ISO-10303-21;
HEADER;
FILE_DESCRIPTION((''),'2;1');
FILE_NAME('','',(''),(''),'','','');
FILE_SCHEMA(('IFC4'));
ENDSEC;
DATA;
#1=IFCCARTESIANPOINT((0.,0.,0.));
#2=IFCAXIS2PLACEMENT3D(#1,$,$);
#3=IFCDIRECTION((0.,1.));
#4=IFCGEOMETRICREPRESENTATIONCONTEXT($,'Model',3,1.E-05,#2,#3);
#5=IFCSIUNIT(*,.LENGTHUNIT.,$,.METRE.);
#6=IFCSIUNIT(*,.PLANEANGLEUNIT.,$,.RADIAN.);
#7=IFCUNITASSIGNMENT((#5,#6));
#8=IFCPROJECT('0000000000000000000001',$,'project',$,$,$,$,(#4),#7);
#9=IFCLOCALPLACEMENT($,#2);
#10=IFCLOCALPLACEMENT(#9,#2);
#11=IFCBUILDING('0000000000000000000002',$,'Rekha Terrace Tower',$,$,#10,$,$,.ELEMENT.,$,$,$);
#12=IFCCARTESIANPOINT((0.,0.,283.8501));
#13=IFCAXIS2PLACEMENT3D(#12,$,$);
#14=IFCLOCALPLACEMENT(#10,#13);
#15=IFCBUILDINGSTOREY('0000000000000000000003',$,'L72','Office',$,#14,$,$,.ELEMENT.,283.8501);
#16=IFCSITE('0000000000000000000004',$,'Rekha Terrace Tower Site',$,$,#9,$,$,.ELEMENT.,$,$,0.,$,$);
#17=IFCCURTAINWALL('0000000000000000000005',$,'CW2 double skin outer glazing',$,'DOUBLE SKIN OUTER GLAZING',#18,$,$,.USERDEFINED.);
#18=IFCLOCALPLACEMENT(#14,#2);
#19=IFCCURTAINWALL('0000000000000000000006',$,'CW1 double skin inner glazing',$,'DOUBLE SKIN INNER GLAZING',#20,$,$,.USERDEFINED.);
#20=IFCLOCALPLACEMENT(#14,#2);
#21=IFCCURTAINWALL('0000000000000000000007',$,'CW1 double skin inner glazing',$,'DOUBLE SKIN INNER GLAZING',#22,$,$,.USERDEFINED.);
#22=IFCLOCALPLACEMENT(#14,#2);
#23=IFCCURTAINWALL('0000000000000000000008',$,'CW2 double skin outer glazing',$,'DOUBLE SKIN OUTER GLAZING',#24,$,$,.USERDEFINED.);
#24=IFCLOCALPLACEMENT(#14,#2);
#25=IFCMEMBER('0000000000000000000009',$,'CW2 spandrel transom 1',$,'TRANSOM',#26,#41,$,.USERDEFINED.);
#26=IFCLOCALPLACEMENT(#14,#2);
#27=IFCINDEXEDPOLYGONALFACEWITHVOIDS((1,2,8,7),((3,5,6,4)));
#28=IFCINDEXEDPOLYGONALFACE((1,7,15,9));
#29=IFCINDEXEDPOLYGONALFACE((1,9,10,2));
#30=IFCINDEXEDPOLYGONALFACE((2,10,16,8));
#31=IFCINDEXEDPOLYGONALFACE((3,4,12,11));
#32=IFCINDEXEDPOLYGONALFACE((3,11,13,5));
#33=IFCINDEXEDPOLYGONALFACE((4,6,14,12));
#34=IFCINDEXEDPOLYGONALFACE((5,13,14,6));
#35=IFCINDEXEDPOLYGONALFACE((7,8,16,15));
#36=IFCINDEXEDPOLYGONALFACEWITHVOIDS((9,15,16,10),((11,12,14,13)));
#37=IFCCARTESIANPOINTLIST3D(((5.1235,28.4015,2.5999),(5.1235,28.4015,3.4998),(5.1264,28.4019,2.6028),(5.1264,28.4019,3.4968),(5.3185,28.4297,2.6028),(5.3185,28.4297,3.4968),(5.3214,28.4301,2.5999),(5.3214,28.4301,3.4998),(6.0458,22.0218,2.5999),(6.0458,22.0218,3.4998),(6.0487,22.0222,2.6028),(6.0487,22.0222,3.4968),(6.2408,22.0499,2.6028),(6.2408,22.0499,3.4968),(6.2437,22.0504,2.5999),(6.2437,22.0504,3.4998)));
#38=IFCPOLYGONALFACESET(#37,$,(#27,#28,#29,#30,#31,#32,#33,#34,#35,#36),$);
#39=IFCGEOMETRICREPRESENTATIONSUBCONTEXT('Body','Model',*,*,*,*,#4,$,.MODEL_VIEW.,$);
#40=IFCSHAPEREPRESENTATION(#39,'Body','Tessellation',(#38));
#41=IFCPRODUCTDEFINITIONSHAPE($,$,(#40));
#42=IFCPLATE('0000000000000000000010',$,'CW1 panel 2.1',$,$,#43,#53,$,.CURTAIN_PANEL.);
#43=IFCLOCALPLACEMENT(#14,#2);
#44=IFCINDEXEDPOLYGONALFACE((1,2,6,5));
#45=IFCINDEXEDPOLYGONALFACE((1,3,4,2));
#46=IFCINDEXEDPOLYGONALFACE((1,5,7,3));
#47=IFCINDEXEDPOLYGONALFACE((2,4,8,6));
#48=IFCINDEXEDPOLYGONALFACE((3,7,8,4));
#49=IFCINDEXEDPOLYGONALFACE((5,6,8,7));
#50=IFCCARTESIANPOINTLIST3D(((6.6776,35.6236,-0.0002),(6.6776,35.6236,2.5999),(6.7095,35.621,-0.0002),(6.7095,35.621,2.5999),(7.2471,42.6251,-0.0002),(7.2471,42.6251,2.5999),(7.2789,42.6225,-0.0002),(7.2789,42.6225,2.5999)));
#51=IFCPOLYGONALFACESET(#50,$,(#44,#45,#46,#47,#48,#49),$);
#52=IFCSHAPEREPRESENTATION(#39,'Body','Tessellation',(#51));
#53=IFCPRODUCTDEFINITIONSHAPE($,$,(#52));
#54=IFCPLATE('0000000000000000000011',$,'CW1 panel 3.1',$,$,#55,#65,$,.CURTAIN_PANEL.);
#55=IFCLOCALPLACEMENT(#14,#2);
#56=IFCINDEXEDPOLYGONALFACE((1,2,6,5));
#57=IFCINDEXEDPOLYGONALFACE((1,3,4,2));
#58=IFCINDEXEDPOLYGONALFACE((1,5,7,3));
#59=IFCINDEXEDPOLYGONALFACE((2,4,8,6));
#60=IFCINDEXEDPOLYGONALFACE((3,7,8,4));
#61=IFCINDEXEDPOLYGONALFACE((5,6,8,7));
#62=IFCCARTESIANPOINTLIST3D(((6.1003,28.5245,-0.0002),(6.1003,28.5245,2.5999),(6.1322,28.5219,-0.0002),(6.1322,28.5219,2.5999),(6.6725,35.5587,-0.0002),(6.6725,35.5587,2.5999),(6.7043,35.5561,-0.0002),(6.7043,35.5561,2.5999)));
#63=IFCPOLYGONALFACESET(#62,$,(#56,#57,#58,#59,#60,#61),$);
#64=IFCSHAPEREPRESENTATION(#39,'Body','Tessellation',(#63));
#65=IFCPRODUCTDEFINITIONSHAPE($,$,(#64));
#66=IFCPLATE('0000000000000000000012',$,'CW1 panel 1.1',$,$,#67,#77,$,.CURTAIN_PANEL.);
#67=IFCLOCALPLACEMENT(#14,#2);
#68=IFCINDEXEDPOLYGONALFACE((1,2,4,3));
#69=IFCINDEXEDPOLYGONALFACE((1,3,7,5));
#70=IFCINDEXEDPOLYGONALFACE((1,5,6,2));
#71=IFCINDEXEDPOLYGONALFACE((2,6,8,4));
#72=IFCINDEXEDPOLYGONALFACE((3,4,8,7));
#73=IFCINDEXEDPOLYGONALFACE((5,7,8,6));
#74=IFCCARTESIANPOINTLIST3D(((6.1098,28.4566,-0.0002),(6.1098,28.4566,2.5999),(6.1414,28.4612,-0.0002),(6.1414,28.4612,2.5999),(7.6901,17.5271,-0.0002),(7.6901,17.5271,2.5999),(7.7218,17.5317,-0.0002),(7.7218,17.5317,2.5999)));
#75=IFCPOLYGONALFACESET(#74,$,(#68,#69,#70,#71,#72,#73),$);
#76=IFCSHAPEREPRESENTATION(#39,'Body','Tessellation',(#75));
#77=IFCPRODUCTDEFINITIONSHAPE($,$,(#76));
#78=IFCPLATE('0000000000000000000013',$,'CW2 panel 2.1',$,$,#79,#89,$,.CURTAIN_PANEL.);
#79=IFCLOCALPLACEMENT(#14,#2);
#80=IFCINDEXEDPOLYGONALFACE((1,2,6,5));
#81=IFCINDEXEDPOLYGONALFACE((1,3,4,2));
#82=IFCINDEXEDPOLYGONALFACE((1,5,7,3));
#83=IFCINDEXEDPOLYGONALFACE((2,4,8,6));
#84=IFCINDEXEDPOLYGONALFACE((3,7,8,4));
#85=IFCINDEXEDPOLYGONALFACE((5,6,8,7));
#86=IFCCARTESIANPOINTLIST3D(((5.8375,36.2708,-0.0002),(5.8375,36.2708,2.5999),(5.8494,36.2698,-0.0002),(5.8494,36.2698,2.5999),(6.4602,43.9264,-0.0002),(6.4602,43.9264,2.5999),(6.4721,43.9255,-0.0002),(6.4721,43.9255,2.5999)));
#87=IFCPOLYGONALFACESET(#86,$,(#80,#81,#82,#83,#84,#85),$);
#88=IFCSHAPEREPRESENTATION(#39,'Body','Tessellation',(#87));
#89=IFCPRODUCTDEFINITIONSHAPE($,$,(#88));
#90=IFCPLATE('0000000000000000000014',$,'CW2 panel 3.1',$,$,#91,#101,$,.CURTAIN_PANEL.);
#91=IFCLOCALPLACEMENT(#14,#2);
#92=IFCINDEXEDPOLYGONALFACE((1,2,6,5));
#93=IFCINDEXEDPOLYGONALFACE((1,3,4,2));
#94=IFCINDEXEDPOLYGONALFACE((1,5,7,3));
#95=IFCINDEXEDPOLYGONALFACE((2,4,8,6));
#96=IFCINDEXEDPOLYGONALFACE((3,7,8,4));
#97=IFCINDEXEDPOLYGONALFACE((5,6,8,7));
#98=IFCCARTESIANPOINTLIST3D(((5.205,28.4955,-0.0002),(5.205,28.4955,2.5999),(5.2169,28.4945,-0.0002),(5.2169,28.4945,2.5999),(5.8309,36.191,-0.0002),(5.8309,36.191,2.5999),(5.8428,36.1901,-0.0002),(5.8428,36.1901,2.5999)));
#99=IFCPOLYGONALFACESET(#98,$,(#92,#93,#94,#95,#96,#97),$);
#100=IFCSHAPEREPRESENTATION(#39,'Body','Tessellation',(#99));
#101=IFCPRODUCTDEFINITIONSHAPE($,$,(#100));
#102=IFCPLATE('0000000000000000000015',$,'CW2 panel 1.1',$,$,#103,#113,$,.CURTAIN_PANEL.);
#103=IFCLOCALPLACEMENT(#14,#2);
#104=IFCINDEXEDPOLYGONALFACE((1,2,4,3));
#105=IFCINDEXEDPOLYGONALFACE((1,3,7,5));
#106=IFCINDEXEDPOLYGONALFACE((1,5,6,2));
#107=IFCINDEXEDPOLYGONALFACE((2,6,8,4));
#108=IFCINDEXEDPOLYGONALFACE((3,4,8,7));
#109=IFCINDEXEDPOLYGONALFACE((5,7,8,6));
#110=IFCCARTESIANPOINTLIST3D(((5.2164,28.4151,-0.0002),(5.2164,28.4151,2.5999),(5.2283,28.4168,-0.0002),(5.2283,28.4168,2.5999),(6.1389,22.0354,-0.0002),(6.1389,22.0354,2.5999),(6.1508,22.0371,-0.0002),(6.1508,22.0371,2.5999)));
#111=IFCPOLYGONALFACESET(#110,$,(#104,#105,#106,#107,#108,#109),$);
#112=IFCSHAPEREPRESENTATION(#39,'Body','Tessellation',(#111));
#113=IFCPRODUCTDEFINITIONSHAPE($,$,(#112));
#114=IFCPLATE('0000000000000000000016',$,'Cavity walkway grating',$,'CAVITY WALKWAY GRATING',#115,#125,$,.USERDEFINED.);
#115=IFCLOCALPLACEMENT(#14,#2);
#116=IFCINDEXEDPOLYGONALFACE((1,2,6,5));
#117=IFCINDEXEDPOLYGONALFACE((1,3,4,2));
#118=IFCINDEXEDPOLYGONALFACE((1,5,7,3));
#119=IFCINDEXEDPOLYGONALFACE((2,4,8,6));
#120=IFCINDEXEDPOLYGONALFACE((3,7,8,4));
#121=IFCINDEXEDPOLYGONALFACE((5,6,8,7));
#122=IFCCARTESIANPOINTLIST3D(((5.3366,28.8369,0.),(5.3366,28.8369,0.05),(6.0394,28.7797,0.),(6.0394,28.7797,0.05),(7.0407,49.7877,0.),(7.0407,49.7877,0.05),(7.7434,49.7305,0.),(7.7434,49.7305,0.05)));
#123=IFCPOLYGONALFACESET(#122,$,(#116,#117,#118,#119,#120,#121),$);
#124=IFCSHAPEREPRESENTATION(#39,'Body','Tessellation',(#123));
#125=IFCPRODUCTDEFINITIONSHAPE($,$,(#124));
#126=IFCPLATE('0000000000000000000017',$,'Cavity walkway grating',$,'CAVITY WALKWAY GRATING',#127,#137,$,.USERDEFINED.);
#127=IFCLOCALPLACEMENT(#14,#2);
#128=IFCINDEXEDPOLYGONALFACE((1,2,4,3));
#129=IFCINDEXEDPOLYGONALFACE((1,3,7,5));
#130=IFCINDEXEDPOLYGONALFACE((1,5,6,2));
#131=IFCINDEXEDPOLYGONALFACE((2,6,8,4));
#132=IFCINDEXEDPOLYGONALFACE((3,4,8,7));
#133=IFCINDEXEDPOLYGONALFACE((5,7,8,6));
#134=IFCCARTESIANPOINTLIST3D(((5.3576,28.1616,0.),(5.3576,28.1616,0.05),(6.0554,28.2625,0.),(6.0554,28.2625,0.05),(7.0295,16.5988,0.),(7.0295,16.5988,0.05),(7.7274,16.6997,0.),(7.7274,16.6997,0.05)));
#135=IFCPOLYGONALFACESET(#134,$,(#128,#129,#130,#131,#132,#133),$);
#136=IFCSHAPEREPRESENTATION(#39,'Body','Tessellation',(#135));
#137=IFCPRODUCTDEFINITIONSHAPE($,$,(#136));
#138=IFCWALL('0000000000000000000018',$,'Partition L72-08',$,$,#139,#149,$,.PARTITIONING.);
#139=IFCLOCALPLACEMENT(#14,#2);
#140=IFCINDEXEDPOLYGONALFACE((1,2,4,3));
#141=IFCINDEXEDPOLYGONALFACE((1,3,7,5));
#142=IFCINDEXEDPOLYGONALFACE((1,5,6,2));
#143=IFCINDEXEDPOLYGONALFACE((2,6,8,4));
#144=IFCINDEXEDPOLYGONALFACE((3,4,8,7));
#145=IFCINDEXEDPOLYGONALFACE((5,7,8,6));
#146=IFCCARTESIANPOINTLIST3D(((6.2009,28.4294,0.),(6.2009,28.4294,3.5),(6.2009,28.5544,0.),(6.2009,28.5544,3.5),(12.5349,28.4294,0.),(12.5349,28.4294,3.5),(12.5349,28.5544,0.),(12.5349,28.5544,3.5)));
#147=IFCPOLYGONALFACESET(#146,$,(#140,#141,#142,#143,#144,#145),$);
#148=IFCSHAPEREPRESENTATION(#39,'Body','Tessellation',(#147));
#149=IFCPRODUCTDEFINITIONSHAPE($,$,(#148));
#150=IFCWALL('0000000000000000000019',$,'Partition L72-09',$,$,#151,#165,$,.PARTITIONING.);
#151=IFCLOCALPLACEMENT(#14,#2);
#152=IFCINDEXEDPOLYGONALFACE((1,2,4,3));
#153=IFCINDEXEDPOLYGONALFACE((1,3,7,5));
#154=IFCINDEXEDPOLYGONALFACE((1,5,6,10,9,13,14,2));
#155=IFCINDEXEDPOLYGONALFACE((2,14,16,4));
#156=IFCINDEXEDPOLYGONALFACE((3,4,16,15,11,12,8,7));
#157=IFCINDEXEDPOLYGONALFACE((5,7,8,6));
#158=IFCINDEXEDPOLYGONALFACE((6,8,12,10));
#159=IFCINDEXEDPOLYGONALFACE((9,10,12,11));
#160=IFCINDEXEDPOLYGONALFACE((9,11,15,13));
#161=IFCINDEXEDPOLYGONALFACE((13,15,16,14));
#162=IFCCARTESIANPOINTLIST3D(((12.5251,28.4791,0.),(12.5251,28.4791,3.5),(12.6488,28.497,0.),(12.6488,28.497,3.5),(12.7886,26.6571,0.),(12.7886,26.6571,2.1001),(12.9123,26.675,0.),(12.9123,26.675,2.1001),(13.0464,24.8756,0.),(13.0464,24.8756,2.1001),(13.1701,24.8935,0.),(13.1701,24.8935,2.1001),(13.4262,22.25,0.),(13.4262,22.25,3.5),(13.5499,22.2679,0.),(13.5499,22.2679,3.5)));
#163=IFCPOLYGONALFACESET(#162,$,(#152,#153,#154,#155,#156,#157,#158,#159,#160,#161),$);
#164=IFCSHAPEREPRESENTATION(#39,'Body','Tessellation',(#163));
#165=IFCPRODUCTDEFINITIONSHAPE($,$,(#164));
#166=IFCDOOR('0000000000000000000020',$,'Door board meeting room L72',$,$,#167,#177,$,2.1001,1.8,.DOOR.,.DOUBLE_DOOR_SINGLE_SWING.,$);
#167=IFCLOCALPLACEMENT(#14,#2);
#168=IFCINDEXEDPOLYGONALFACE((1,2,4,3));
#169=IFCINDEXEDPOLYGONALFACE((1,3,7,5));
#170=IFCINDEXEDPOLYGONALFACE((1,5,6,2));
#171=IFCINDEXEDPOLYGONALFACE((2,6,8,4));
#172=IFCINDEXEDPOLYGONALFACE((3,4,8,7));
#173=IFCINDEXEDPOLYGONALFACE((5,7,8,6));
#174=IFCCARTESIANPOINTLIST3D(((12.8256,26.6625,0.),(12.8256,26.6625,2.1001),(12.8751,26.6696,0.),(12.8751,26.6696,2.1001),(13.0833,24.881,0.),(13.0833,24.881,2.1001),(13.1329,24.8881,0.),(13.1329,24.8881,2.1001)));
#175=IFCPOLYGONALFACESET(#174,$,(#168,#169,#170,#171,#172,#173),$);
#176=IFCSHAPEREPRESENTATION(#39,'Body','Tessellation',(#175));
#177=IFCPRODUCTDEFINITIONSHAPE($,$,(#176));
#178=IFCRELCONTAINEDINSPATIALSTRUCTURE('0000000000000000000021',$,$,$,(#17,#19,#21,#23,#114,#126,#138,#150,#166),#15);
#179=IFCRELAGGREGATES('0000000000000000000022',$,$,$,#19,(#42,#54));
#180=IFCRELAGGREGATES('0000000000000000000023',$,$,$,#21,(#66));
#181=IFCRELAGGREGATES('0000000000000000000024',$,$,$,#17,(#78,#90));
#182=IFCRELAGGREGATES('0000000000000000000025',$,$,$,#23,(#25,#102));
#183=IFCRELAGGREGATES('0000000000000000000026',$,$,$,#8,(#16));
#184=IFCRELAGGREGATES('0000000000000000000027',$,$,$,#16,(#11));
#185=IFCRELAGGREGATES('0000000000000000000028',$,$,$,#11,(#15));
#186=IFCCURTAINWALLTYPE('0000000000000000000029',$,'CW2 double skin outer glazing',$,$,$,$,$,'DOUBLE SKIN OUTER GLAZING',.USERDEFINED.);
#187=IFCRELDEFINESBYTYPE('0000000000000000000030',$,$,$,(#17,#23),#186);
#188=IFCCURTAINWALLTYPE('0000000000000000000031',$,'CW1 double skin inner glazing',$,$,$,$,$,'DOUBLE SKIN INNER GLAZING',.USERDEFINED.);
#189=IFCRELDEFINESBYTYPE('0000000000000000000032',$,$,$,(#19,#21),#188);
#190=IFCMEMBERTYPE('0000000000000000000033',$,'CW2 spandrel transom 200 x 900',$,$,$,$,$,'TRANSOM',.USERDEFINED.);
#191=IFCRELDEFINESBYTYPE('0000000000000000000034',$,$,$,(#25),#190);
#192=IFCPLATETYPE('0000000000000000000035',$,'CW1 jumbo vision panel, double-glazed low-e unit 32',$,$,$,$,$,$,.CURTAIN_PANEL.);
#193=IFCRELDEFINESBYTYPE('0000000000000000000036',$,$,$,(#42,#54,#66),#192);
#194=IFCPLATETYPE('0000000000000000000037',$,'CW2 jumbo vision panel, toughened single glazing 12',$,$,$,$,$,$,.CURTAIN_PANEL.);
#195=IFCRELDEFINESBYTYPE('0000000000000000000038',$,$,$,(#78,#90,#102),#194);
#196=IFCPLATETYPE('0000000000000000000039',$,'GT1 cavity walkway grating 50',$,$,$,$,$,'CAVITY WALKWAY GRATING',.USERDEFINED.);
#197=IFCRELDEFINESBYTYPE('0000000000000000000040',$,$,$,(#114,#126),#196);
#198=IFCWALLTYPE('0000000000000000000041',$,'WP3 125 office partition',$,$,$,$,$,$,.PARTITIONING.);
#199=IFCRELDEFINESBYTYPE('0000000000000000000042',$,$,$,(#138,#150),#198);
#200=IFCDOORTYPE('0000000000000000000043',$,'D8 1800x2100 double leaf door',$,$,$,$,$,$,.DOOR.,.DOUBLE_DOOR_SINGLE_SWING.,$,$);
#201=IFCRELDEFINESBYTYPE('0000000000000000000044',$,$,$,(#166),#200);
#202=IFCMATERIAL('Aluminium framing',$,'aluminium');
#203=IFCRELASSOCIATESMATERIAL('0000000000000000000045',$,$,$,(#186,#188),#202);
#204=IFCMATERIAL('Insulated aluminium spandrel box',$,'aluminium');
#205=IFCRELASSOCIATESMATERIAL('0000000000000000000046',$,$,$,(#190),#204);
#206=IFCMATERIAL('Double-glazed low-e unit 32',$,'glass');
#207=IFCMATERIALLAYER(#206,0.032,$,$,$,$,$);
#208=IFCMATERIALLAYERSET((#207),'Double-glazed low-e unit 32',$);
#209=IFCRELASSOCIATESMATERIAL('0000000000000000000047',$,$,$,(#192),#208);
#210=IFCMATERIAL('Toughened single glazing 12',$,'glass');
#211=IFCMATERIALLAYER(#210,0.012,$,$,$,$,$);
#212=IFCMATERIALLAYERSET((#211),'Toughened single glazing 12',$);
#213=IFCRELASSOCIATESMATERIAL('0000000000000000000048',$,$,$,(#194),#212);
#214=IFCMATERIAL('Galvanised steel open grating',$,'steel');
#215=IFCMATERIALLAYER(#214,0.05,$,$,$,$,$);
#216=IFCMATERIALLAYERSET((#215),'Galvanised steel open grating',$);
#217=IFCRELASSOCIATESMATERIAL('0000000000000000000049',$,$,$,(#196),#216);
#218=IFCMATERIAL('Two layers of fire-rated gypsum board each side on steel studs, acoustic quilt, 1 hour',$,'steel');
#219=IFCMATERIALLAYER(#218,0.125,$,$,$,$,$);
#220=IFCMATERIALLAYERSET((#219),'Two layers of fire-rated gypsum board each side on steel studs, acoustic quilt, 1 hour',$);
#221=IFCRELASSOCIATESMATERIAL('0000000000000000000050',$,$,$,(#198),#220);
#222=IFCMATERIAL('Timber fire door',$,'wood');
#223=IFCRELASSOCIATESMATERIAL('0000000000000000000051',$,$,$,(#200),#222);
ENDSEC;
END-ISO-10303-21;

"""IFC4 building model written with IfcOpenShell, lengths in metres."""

from ifc_helpers import new_model, si_unit, direction, frame, frame_2d, origin, origin_2d, place, context, subcontext, project, spatial, rectangle, hollow_rectangle, extrude, material, layer, layer_set, material_profile, profile_set, type_object, element, fill, aggregate, save


model = new_model("IFC4")

# Units and contexts
model_context = context("Model", 3, precision=1e-05, world=origin(), true_north=direction((0.0, 1.0)))
body_context = subcontext(model_context, "Body", "Model", "MODEL_VIEW")
ifc_project = project(units=[si_unit("LENGTHUNIT", "METRE"), si_unit("PLANEANGLEUNIT", "RADIAN")], contexts=[model_context])

# Site, building, storey
site_placement = place(None, origin())
site = spatial("IfcSite", under=ifc_project, at=site_placement, Name="Rekha Terrace Tower Site", CompositionType="ELEMENT", RefElevation=0.0)
building_placement = place(site_placement, origin())
building = spatial("IfcBuilding", under=site, at=building_placement, Name="Rekha Terrace Tower", CompositionType="ELEMENT")
storey_placement = place(building_placement, frame((0.0, 0.0, 283.8501)))
storey = spatial("IfcBuildingStorey", under=building, at=storey_placement, Name="L72", Description="Office", CompositionType="ELEMENT", Elevation=283.8501)

# Curtain walls
ifc_material_1 = material(Name="Aluminium framing", Category="aluminium")
curtain_wall_type_1 = type_object("IfcCurtainWallType", Name="CW2 double skin outer glazing", ElementType="DOUBLE SKIN OUTER GLAZING", PredefinedType="USERDEFINED", material=ifc_material_1)
curtain_wall_1_placement = place(storey_placement, origin())
curtain_wall_1 = element("IfcCurtainWall", 1, at=curtain_wall_1_placement, inside=storey, type_object=curtain_wall_type_1, Name="CW2 double skin outer glazing", ObjectType="DOUBLE SKIN OUTER GLAZING", PredefinedType="USERDEFINED")
curtain_wall_type_2 = type_object("IfcCurtainWallType", Name="CW1 double skin inner glazing", ElementType="DOUBLE SKIN INNER GLAZING", PredefinedType="USERDEFINED", material=ifc_material_1)
curtain_wall_2_placement = place(storey_placement, origin())
curtain_wall_2 = element("IfcCurtainWall", 2, at=curtain_wall_2_placement, inside=storey, type_object=curtain_wall_type_2, Name="CW1 double skin inner glazing", ObjectType="DOUBLE SKIN INNER GLAZING", PredefinedType="USERDEFINED")
curtain_wall_3_placement = place(storey_placement, origin())
curtain_wall_3 = element("IfcCurtainWall", 3, at=curtain_wall_3_placement, inside=storey, type_object=curtain_wall_type_2, Name="CW1 double skin inner glazing", ObjectType="DOUBLE SKIN INNER GLAZING", PredefinedType="USERDEFINED")

# Shared definitions
ifc_material_2 = material(Name="Insulated aluminium spandrel box", Category="aluminium")

# Curtain wall
curtain_wall_4_placement = place(storey_placement, origin())
curtain_wall_4 = element("IfcCurtainWall", 4, at=curtain_wall_4_placement, inside=storey, type_object=curtain_wall_type_1, Name="CW2 double skin outer glazing", ObjectType="DOUBLE SKIN OUTER GLAZING", PredefinedType="USERDEFINED")

# Member
ifc_material_profile_1 = material_profile(ifc_material_2, hollow_rectangle(XDim=0.2, YDim=0.8999, WallThickness=0.0029, at=origin_2d()), Name="AL SPANDREL BOX 200x900")
ifc_profile_set_1 = profile_set([ifc_material_profile_1], Name="Insulated aluminium spandrel box")
member_type_1 = type_object("IfcMemberType", Name="CW2 spandrel transom 200 x 900", ElementType="TRANSOM", PredefinedType="USERDEFINED", material=ifc_profile_set_1)
member_1_placement = place(storey_placement, frame((5.2224, 28.4158, 3.0498), z_axis=(0.143091, -0.989709, 0.0), x_axis=(0.989709, 0.143091, 0.0)))
member_1 = element("IfcMember", 5, at=member_1_placement, type_object=member_type_1, Name="CW2 spandrel transom 1", ObjectType="TRANSOM", PredefinedType="USERDEFINED", context=body_context, shape_type="SweptSolid", body=[
    extrude(hollow_rectangle(XDim=0.2, YDim=0.8999, WallThickness=0.0029, at=origin_2d()), origin(), (0.0, 0.0, 1.0), 6.446),
])

# Plates
ifc_material_3 = material(Name="Double-glazed low-e unit 32", Category="glass")
ifc_layer_1 = layer(ifc_material_3, 0.032)
ifc_layer_set_1 = layer_set([ifc_layer_1], Name="Double-glazed low-e unit 32")
plate_type_1 = type_object("IfcPlateType", Name="CW1 jumbo vision panel, double-glazed low-e unit 32", PredefinedType="CURTAIN_PANEL", material=ifc_layer_set_1)
plate_1_placement = place(storey_placement, frame((6.9783, 39.123, -0.0002), z_axis=(0.0, 0.0, 1.0), x_axis=(-0.081068, -0.996709, 0.0)))
plate_1 = element("IfcPlate", 6, at=plate_1_placement, type_object=plate_type_1, Name="CW1 panel 2.1", PredefinedType="CURTAIN_PANEL", context=body_context, shape_type="SweptSolid", body=[
    extrude(rectangle(XDim=7.0247, YDim=0.032, at=origin_2d()), origin(), (0.0, 0.0, 1.0), 2.6001),
])
plate_2_placement = place(storey_placement, frame((6.4023, 32.0403, -0.0002), z_axis=(0.0, 0.0, 1.0), x_axis=(-0.081068, -0.996709, 0.0)))
plate_2 = element("IfcPlate", 7, at=plate_2_placement, type_object=plate_type_1, Name="CW1 panel 3.1", PredefinedType="CURTAIN_PANEL", context=body_context, shape_type="SweptSolid", body=[
    extrude(rectangle(XDim=7.0574, YDim=0.032, at=origin_2d()), origin(), (0.0, 0.0, 1.0), 2.6001),
])
aggregate(curtain_wall_2, [plate_1, plate_2])
plate_3_placement = place(storey_placement, frame((6.9158, 22.9941, -0.0002), z_axis=(0.0, 0.0, 1.0), x_axis=(0.143108, -0.989707, 0.0)))
plate_3 = element("IfcPlate", 8, at=plate_3_placement, type_object=plate_type_1, Name="CW1 panel 1.1", PredefinedType="CURTAIN_PANEL", context=body_context, shape_type="SweptSolid", body=[
    extrude(rectangle(XDim=11.0432, YDim=0.032, at=origin_2d()), origin(), (0.0, 0.0, 1.0), 2.6001),
])
aggregate(curtain_wall_3, [plate_3])
ifc_material_4 = material(Name="Toughened single glazing 12", Category="glass")
ifc_layer_2 = layer(ifc_material_4, 0.012)
ifc_layer_set_2 = layer_set([ifc_layer_2], Name="Toughened single glazing 12")
plate_type_2 = type_object("IfcPlateType", Name="CW2 jumbo vision panel, toughened single glazing 12", PredefinedType="CURTAIN_PANEL", material=ifc_layer_set_2)
plate_4_placement = place(storey_placement, frame((6.1548, 40.0981, -0.0002), z_axis=(0.0, 0.0, 1.0), x_axis=(-0.081068, -0.996709, 0.0)))
plate_4 = element("IfcPlate", 9, at=plate_4_placement, type_object=plate_type_2, Name="CW2 panel 2.1", PredefinedType="CURTAIN_PANEL", context=body_context, shape_type="SweptSolid", body=[
    extrude(rectangle(XDim=7.6809, YDim=0.012, at=origin_2d()), origin(), (0.0, 0.0, 1.0), 2.6001),
])
plate_5_placement = place(storey_placement, frame((5.5239, 32.3428, -0.0002), z_axis=(0.0, 0.0, 1.0), x_axis=(-0.081068, -0.996709, 0.0)))
plate_5 = element("IfcPlate", 10, at=plate_5_placement, type_object=plate_type_2, Name="CW2 panel 3.1", PredefinedType="CURTAIN_PANEL", context=body_context, shape_type="SweptSolid", body=[
    extrude(rectangle(XDim=7.7209, YDim=0.012, at=origin_2d()), origin(), (0.0, 0.0, 1.0), 2.6001),
])
aggregate(curtain_wall_1, [plate_4, plate_5])
plate_6_placement = place(storey_placement, frame((5.6836, 25.2261, -0.0002), z_axis=(0.0, 0.0, 1.0), x_axis=(0.143108, -0.989707, 0.0)))
plate_6 = element("IfcPlate", 11, at=plate_6_placement, type_object=plate_type_2, Name="CW2 panel 1.1", PredefinedType="CURTAIN_PANEL", context=body_context, shape_type="SweptSolid", body=[
    extrude(rectangle(XDim=6.446, YDim=0.012, at=origin_2d()), origin(), (0.0, 0.0, 1.0), 2.6001),
])
aggregate(curtain_wall_4, [member_1, plate_6])

# Plates
ifc_material_5 = material(Name="Galvanised steel open grating", Category="steel")
ifc_layer_3 = layer(ifc_material_5, 0.05)
ifc_layer_set_3 = layer_set([ifc_layer_3], Name="Galvanised steel open grating")
plate_type_3 = type_object("IfcPlateType", Name="GT1 cavity walkway grating 50", ElementType="CAVITY WALKWAY GRATING", PredefinedType="USERDEFINED", material=ifc_layer_set_3)
plate_7_placement = place(storey_placement, frame((6.54, 39.2837, 0.0), z_axis=(0.0, 0.0, 1.0), x_axis=(-0.081068, -0.996709, 0.0)))
element("IfcPlate", 12, at=plate_7_placement, inside=storey, type_object=plate_type_3, Name="Cavity walkway grating", ObjectType="CAVITY WALKWAY GRATING", PredefinedType="USERDEFINED", context=body_context, shape_type="SweptSolid", body=[
    extrude(rectangle(XDim=21.02, YDim=0.7051, at=origin_2d()), origin(), (0.0, 0.0, 1.0), 0.05),
])
plate_8_placement = place(storey_placement, frame((6.5425, 22.4307, 0.0), z_axis=(0.0, 0.0, 1.0), x_axis=(0.143108, -0.989707, 0.0)))
element("IfcPlate", 13, at=plate_8_placement, inside=storey, type_object=plate_type_3, Name="Cavity walkway grating", ObjectType="CAVITY WALKWAY GRATING", PredefinedType="USERDEFINED", context=body_context, shape_type="SweptSolid", body=[
    extrude(rectangle(XDim=11.6831, YDim=0.7051, at=origin_2d()), origin(), (0.0, 0.0, 1.0), 0.05),
])

# Wall
ifc_material_6 = material(Name="Two layers of fire-rated gypsum board each side on steel studs, acoustic quilt, 1 hour", Category="steel")
ifc_layer_4 = layer(ifc_material_6, 0.125)
ifc_layer_set_4 = layer_set([ifc_layer_4], Name="Two layers of fire-rated gypsum board each side on steel studs, acoustic quilt, 1 hour")
wall_type = type_object("IfcWallType", Name="WP3 125 office partition", PredefinedType="PARTITIONING", material=ifc_layer_set_4)
wall_1_placement = place(storey_placement, frame((12.5349, 28.4919, 0.0), z_axis=(0.0, 0.0, 1.0), x_axis=(-1.0, 0.0, 0.0)))
element("IfcWall", 14, at=wall_1_placement, inside=storey, type_object=wall_type, Name="Partition L72-08", PredefinedType="PARTITIONING", context=body_context, shape_type="SweptSolid", body=[
    extrude(rectangle(XDim=6.334, YDim=0.125, at=frame_2d((3.167, 0.0))), origin(), (0.0, 0.0, 1.0), 3.5),
])

# Wall, opening, door
wall_2_placement = place(storey_placement, frame((12.5869, 28.488, 0.0), z_axis=(0.0, 0.0, 1.0), x_axis=(0.143175, -0.989697, 0.0)))
wall_2 = element("IfcWall", 15, at=wall_2_placement, inside=storey, type_object=wall_type, Name="Partition L72-09", PredefinedType="PARTITIONING", context=body_context, shape_type="SweptSolid", body=[
    extrude(rectangle(XDim=6.2939, YDim=0.125, at=frame_2d((3.147, 0.0))), origin(), (0.0, 0.0, 1.0), 3.5),
])
opening_placement = place(wall_2_placement, frame((1.8411, 0.0, 0.0)))
opening = element("IfcOpeningElement", 16, at=opening_placement, cuts=wall_2, PredefinedType="OPENING", context=body_context, shape_type="SweptSolid", body=[
    extrude(rectangle(XDim=1.8, YDim=2.1001, at=frame_2d((0.8999, 1.05))), frame((0.0, 0.0725, 0.0), z_axis=(0.0, -1.0, 0.0), x_axis=(1.0, 0.0, 0.0)), (0.0, 0.0, 1.0), 0.145),
])
ifc_material_7 = material(Name="Timber fire door", Category="wood")
door_type = type_object("IfcDoorType", Name="D8 1800x2100 double leaf door", OperationType="DOUBLE_DOOR_SINGLE_SWING", PredefinedType="DOOR", material=ifc_material_7)
door_placement = place(opening_placement, origin())
door = element("IfcDoor", 17, at=door_placement, inside=storey, type_object=door_type, Name="Door board meeting room L72", OperationType="DOUBLE_DOOR_SINGLE_SWING", OverallHeight=2.1001, OverallWidth=1.8, PredefinedType="DOOR", context=body_context, shape_type="SweptSolid", body=[
    extrude(rectangle(XDim=1.8, YDim=2.1001, at=frame_2d((0.8999, 1.05))), frame((0.0, 0.0249, 0.0), z_axis=(0.0, -1.0, 0.0), x_axis=(1.0, 0.0, 0.0)), (0.0, 0.0, 1.0), 0.05),
])
fill(opening, door)

save(model, "model.ifc")
